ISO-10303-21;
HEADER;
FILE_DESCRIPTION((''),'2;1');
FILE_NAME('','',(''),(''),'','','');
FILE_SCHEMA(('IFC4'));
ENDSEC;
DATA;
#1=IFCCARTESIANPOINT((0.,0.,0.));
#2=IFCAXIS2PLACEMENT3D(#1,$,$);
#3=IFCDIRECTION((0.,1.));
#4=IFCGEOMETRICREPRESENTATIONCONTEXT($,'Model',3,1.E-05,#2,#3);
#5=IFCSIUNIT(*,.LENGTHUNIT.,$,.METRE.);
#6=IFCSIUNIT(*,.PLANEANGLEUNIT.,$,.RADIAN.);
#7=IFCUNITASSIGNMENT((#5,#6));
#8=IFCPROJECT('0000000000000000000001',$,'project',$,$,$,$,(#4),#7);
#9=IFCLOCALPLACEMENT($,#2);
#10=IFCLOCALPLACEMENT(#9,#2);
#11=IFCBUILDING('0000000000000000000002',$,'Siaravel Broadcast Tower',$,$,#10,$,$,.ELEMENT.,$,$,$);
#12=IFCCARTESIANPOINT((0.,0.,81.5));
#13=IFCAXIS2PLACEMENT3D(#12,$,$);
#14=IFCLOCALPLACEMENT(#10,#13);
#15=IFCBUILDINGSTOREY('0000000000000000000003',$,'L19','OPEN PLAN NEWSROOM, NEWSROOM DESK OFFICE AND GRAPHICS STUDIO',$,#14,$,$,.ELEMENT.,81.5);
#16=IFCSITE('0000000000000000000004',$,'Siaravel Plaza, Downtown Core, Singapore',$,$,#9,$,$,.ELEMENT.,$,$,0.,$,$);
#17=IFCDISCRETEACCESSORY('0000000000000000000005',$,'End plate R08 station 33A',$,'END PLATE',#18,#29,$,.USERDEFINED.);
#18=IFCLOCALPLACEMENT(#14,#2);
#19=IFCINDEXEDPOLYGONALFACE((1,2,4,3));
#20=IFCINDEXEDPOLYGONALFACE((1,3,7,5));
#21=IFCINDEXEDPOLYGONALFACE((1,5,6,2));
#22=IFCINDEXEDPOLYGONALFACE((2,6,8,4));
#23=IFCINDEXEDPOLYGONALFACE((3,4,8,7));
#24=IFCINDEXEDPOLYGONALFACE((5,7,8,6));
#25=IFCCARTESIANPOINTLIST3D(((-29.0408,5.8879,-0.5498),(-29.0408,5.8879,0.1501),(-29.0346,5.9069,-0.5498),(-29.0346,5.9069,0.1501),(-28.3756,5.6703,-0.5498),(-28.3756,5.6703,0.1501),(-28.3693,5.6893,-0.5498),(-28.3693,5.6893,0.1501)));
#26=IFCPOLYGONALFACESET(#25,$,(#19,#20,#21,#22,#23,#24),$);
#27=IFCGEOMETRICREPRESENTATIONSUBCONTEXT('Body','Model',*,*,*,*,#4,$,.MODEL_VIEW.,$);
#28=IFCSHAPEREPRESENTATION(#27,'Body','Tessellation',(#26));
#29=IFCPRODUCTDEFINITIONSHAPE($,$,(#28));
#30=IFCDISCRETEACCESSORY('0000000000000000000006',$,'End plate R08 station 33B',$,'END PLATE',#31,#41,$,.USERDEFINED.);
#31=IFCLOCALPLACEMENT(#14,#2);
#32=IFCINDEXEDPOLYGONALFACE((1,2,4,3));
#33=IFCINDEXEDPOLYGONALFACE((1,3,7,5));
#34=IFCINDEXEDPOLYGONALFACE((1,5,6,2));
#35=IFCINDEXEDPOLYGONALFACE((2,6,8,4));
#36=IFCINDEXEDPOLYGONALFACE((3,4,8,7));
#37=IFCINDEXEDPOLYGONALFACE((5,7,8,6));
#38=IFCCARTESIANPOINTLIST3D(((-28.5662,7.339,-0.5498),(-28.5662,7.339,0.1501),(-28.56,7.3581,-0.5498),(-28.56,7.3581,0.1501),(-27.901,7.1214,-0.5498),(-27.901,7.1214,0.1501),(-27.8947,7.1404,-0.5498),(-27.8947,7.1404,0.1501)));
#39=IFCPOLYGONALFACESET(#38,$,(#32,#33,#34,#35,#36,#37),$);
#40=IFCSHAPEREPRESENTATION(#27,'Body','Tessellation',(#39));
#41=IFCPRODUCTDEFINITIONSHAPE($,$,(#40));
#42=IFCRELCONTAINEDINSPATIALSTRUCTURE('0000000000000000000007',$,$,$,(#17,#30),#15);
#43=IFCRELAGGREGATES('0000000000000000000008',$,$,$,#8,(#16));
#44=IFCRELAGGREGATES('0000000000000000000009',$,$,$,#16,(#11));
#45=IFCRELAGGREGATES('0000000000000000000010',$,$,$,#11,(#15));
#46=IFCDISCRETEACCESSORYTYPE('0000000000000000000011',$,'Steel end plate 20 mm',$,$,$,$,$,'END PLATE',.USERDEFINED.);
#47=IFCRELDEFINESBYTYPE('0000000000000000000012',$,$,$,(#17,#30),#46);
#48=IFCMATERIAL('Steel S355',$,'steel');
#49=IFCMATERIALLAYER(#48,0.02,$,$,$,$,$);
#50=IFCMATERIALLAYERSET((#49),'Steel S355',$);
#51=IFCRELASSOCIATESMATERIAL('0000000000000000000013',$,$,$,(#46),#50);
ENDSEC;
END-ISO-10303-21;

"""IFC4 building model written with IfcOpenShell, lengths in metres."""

from ifc_helpers import new_model, si_unit, direction, frame, origin, origin_2d, place, context, subcontext, project, spatial, rectangle, extrude, material, layer, layer_set, type_object, element, save


model = new_model("IFC4")

# Units and contexts
model_context = context("Model", 3, precision=1e-05, world=origin(), true_north=direction((0.0, 1.0)))
body_context = subcontext(model_context, "Body", "Model", "MODEL_VIEW")
ifc_project = project(units=[si_unit("LENGTHUNIT", "METRE"), si_unit("PLANEANGLEUNIT", "RADIAN")], contexts=[model_context])

# Site, building, storey
site_placement = place(None, origin())
site = spatial("IfcSite", under=ifc_project, at=site_placement, Name="Siaravel Plaza, Downtown Core, Singapore", CompositionType="ELEMENT", RefElevation=0.0)
building_placement = place(site_placement, origin())
building = spatial("IfcBuilding", under=site, at=building_placement, Name="Siaravel Broadcast Tower", CompositionType="ELEMENT")
storey_placement = place(building_placement, frame((0.0, 0.0, 81.5)))
storey = spatial("IfcBuildingStorey", under=building, at=storey_placement, Name="L19", Description="OPEN PLAN NEWSROOM, NEWSROOM DESK OFFICE AND GRAPHICS STUDIO", CompositionType="ELEMENT", Elevation=81.5)

# Shared definitions
ifc_material_1 = material(Name="Steel S355", Category="steel")

# Discrete accessories
ifc_layer_1 = layer(ifc_material_1, 0.02)
ifc_layer_set_1 = layer_set([ifc_layer_1], Name="Steel S355")
discrete_accessory_type = type_object("IfcDiscreteAccessoryType", Name="Steel end plate 20 mm", ElementType="END PLATE", PredefinedType="USERDEFINED", material=ifc_layer_set_1)
for number, where, z_axis, x_axis, name in (
    (1, (-28.7051, 5.7886, -0.5498), (0.0, 0.0, 1.0), (-0.310909, -0.95044, 0.0), "End plate R08 station 33A"),
    (2, (-28.2305, 7.2397, -0.5498), (0.0, 0.0, 1.0), (-0.310909, -0.95044, 0.0), "End plate R08 station 33B"),
):
    element("IfcDiscreteAccessory", number, at=place(storey_placement, frame(where, z_axis=z_axis, x_axis=x_axis)), inside=storey, type_object=discrete_accessory_type, Name=name, ObjectType="END PLATE", PredefinedType="USERDEFINED", context=body_context, shape_type="SweptSolid", body=[
        extrude(rectangle(XDim=0.02, YDim=0.7, at=origin_2d()), origin(), (0.0, 0.0, 1.0), 0.7),
    ])

save(model, "model.ifc")
